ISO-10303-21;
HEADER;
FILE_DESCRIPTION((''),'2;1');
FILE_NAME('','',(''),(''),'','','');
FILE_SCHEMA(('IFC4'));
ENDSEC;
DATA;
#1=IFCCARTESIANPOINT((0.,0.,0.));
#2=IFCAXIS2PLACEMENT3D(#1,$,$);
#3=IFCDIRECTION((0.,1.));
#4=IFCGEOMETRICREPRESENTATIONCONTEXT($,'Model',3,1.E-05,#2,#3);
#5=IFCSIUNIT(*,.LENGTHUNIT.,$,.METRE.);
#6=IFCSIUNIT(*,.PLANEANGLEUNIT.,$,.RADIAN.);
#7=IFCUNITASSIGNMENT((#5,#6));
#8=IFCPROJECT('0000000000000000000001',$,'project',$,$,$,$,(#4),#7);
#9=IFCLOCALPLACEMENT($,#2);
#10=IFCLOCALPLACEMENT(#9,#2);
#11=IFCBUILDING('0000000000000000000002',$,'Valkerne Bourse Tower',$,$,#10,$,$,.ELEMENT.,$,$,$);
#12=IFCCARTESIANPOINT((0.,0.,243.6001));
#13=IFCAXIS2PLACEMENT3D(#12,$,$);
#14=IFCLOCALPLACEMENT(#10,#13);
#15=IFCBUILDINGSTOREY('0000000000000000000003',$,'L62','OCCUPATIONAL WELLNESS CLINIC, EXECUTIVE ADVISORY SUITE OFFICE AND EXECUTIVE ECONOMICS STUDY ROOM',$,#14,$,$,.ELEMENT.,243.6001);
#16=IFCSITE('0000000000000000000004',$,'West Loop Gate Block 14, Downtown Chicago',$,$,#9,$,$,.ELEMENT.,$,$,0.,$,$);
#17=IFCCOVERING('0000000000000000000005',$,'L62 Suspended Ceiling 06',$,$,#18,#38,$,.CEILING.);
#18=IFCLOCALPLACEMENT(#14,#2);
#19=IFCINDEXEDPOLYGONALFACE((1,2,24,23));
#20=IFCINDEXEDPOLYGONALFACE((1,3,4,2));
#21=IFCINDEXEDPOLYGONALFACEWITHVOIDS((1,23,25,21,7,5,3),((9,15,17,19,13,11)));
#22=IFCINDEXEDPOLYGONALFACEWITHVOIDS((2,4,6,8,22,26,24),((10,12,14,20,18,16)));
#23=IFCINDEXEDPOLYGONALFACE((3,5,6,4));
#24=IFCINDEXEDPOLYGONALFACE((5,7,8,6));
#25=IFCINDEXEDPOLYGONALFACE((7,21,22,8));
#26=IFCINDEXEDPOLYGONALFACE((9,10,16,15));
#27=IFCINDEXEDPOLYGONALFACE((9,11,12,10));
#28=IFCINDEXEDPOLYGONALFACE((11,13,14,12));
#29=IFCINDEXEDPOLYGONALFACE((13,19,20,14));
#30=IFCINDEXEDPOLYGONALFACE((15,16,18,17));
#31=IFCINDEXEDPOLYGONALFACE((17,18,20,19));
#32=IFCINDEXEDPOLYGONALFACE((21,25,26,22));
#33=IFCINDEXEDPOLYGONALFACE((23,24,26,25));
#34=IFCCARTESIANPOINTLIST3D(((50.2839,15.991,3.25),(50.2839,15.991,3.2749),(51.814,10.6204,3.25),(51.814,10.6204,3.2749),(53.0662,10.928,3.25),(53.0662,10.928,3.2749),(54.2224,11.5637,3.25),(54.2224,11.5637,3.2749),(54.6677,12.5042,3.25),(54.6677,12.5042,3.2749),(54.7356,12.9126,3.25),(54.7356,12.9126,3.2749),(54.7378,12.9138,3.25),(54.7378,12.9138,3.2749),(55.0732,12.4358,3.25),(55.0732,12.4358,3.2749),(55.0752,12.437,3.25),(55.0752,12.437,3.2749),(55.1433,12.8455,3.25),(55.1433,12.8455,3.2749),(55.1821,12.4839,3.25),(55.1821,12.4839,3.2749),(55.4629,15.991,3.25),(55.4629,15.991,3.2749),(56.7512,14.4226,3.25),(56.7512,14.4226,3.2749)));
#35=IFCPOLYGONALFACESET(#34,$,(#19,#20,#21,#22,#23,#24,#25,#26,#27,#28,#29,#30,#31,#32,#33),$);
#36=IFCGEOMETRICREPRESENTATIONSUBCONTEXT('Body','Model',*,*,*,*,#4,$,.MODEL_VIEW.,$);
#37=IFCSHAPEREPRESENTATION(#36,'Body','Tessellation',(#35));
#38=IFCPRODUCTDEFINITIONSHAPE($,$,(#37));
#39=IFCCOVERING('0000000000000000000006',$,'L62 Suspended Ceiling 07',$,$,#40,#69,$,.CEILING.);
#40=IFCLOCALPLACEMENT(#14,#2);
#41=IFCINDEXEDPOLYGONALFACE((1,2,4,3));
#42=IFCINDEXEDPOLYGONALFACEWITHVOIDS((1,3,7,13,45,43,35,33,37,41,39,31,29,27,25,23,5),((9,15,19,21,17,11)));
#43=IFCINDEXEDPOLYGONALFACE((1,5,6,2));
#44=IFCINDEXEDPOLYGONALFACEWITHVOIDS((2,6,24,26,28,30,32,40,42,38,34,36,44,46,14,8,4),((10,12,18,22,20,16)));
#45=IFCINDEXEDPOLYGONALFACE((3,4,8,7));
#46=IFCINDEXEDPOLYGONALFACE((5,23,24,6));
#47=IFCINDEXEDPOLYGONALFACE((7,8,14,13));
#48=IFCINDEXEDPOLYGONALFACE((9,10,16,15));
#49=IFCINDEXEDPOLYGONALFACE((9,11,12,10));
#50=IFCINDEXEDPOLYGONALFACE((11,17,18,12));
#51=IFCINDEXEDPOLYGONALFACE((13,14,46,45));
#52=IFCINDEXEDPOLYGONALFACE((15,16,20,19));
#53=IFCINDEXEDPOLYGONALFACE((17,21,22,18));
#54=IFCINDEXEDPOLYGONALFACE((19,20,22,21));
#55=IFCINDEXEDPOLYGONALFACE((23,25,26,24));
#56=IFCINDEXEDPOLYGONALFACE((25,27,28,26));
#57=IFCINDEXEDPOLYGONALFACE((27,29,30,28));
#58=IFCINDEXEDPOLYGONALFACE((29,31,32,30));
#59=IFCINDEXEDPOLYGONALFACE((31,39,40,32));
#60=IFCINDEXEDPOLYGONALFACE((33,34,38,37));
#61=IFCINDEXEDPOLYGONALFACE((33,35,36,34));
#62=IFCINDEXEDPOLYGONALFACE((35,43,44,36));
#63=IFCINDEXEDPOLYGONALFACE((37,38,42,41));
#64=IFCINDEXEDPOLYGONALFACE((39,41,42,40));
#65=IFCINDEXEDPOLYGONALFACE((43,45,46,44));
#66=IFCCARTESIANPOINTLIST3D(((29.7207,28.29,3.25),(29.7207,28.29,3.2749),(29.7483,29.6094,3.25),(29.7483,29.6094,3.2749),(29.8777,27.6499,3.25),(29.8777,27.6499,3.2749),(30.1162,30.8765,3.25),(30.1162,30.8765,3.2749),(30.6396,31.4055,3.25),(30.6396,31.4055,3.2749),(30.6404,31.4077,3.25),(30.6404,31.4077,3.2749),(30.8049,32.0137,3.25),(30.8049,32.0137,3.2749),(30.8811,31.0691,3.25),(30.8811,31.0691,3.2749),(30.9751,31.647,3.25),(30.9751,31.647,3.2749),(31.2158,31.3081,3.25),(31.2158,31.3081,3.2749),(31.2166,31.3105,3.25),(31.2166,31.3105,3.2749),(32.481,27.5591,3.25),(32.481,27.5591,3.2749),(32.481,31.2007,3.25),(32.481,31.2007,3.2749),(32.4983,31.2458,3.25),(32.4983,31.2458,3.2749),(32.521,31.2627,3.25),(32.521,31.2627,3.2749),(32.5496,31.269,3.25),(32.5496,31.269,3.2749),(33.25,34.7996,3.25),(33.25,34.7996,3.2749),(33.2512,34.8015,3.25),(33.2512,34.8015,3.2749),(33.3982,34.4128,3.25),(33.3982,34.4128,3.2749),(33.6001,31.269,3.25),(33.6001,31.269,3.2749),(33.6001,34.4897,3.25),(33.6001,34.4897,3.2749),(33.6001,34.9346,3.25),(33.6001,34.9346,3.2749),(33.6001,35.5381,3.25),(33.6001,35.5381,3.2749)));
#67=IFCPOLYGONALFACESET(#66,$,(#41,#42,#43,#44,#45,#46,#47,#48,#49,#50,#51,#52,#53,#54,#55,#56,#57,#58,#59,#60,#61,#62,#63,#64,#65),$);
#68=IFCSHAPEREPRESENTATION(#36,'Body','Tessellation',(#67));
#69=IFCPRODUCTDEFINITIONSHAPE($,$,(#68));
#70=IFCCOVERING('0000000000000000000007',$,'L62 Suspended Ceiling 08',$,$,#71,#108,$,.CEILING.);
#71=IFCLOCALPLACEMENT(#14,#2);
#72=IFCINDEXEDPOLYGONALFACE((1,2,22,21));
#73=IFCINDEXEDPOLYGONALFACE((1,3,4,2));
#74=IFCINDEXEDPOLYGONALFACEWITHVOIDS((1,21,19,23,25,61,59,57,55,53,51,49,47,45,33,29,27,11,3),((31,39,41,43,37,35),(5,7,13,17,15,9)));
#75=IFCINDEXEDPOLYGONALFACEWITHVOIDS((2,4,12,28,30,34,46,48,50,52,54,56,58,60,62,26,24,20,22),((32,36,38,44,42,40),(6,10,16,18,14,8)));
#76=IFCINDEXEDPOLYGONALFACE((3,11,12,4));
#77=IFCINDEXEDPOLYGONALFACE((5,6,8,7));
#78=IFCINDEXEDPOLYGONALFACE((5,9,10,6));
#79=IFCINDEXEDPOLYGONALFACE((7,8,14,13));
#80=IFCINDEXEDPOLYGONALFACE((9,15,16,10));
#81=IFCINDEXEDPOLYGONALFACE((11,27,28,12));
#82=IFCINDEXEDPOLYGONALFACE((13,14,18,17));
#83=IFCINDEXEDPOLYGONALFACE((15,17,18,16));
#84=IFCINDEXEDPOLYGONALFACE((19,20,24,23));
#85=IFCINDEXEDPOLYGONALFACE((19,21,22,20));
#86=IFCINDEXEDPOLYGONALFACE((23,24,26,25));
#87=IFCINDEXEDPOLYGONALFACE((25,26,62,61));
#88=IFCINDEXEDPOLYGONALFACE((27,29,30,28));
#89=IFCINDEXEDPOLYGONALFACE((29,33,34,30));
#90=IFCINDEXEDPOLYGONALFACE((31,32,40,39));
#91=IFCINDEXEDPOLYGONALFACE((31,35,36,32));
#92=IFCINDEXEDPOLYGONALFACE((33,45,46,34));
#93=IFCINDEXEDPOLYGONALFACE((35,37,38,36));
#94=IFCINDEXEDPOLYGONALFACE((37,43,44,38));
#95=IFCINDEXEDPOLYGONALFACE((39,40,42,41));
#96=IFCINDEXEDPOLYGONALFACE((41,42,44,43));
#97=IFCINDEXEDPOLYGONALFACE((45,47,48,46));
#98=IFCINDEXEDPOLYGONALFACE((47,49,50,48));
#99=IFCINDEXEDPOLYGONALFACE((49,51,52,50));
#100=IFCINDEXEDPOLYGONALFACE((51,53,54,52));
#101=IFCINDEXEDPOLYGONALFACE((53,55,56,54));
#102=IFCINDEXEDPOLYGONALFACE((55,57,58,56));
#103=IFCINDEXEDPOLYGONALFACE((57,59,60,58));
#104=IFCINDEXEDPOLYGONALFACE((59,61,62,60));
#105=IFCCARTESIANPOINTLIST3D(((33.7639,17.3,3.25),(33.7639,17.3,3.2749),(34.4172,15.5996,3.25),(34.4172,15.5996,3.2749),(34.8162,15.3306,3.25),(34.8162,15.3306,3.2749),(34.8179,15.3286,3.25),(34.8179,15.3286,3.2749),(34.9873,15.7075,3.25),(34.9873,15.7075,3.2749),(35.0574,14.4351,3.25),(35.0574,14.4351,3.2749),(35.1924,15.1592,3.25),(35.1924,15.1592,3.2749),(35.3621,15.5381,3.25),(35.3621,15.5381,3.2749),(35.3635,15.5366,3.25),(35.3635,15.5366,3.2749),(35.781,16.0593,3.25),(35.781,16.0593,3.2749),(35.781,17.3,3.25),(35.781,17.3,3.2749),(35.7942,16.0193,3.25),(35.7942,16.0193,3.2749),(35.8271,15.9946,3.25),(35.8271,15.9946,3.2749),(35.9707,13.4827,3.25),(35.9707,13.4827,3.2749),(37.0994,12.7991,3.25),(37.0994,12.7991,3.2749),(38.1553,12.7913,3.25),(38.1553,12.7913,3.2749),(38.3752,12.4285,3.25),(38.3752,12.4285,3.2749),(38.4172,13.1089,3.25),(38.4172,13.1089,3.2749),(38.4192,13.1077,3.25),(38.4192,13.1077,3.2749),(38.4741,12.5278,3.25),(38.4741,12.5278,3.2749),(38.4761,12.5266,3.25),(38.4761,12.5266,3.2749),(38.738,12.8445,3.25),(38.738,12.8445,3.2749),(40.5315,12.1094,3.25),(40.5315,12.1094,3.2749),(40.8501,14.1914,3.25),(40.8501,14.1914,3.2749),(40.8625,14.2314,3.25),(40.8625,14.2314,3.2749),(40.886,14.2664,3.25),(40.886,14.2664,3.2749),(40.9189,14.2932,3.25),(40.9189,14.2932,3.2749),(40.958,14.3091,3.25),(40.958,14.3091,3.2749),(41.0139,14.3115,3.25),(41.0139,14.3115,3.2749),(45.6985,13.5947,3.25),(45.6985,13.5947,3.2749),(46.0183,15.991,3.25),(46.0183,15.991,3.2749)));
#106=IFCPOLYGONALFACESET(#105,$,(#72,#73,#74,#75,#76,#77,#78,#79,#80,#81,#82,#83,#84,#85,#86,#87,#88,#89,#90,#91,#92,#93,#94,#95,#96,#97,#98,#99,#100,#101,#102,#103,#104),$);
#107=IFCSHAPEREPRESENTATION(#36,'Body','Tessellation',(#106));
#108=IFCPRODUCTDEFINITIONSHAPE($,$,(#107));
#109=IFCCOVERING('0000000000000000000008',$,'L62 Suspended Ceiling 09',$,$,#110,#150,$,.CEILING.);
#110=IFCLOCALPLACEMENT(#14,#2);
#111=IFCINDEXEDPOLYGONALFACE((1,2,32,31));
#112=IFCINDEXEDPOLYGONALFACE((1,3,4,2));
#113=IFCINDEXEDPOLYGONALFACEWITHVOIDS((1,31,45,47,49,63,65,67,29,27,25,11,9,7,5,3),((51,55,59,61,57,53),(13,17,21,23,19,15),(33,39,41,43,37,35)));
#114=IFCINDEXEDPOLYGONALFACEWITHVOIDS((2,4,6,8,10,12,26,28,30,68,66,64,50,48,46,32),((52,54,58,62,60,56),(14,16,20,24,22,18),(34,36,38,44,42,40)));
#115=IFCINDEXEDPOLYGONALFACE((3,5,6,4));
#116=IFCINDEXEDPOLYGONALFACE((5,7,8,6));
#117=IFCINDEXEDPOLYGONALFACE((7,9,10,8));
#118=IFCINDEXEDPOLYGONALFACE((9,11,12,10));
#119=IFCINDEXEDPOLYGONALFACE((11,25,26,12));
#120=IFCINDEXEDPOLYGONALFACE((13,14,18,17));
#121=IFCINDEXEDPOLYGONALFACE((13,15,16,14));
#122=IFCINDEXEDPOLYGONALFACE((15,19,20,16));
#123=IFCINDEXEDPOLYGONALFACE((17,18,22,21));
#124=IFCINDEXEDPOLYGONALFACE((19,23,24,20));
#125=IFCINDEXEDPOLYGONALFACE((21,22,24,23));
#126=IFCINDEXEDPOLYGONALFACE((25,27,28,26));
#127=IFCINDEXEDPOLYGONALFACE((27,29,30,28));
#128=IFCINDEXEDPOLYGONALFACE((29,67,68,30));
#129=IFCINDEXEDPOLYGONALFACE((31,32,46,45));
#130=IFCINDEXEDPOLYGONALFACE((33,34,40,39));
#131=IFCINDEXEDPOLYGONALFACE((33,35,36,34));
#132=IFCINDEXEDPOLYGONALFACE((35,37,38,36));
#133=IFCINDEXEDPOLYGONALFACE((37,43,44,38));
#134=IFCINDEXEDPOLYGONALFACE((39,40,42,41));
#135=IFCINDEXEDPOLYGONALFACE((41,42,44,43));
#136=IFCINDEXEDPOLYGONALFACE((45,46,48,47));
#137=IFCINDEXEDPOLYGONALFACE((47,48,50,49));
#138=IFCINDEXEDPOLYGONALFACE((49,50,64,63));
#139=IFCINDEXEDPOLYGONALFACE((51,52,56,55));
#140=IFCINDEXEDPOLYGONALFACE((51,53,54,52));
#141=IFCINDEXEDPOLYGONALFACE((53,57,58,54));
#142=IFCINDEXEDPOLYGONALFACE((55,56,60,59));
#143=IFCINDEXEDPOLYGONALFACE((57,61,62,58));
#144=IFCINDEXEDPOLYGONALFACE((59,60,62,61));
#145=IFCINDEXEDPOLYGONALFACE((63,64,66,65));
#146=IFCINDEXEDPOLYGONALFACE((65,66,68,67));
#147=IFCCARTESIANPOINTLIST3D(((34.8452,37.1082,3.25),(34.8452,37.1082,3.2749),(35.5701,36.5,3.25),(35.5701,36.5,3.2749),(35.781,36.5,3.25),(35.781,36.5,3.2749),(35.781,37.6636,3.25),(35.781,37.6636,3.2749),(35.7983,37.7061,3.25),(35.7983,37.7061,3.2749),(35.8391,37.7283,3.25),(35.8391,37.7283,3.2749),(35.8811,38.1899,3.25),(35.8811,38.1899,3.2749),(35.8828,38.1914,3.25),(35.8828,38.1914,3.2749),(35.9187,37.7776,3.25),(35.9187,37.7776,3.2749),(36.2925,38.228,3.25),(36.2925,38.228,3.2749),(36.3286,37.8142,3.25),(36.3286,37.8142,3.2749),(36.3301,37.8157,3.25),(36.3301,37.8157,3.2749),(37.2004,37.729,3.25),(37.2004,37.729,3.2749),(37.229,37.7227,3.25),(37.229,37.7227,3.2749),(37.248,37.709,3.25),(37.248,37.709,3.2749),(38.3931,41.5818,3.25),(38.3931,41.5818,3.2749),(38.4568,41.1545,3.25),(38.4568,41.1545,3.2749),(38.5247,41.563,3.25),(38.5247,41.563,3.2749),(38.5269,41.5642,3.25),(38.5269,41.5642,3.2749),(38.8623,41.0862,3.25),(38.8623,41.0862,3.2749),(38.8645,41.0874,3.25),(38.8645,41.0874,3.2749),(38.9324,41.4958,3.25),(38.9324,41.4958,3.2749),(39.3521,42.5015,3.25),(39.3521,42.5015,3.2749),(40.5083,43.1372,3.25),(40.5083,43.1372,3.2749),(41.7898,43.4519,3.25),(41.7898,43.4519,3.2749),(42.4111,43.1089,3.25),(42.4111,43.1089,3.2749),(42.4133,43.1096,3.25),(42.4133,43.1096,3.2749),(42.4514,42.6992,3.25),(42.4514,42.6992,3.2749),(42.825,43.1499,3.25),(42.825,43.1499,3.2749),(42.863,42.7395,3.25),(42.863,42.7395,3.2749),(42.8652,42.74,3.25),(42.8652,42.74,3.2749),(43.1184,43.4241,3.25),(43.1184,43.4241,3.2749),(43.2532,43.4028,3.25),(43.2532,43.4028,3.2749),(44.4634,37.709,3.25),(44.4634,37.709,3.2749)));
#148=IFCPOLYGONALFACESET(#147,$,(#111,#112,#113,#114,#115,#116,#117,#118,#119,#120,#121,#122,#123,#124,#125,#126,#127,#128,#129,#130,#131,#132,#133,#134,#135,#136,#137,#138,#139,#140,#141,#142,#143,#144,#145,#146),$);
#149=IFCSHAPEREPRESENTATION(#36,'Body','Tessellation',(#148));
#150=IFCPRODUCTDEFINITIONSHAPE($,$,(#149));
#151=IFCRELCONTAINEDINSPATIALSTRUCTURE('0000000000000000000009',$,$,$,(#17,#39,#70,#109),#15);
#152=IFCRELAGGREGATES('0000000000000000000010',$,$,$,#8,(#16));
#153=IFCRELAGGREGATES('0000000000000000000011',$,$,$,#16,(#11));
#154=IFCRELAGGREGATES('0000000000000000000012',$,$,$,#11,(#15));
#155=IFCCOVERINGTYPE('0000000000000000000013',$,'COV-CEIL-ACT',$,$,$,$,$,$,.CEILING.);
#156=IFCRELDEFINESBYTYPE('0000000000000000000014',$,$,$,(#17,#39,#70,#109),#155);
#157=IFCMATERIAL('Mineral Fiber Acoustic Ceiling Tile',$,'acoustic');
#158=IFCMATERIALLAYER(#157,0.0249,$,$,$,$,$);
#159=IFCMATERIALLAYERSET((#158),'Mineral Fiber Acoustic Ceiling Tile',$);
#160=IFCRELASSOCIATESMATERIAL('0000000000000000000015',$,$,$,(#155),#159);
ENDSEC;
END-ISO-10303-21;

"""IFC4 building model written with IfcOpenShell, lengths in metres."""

from ifc_helpers import new_model, si_unit, direction, frame, origin, place, context, subcontext, project, spatial, polyline, outline, extrude, material, layer, layer_set, type_object, element, save


model = new_model("IFC4")

# Units and contexts
model_context = context("Model", 3, precision=1e-05, world=origin(), true_north=direction((0.0, 1.0)))
body_context = subcontext(model_context, "Body", "Model", "MODEL_VIEW")
ifc_project = project(units=[si_unit("LENGTHUNIT", "METRE"), si_unit("PLANEANGLEUNIT", "RADIAN")], contexts=[model_context])

# Site, building, storey
site_placement = place(None, origin())
site = spatial("IfcSite", under=ifc_project, at=site_placement, Name="West Loop Gate Block 14, Downtown Chicago", CompositionType="ELEMENT", RefElevation=0.0)
building_placement = place(site_placement, origin())
building = spatial("IfcBuilding", under=site, at=building_placement, Name="Valkerne Bourse Tower", CompositionType="ELEMENT")
storey_placement = place(building_placement, frame((0.0, 0.0, 243.6001)))
storey = spatial("IfcBuildingStorey", under=building, at=storey_placement, Name="L62", Description="OCCUPATIONAL WELLNESS CLINIC, EXECUTIVE ADVISORY SUITE OFFICE AND EXECUTIVE ECONOMICS STUDY ROOM", CompositionType="ELEMENT", Elevation=243.6001)

# Coverings
ifc_material_1 = material(Name="Mineral Fiber Acoustic Ceiling Tile", Category="acoustic")
ifc_layer_1 = layer(ifc_material_1, 0.0249)
ifc_layer_set_1 = layer_set([ifc_layer_1], Name="Mineral Fiber Acoustic Ceiling Tile")
covering_type_1 = type_object("IfcCoveringType", Name="COV-CEIL-ACT", PredefinedType="CEILING", material=ifc_layer_set_1)
covering_1_placement = place(storey_placement, frame((0.0, 0.0, 3.25)))
element("IfcCovering", 1, at=covering_1_placement, inside=storey, type_object=covering_type_1, Name="L62 Suspended Ceiling 06", PredefinedType="CEILING", context=body_context, shape_type="SweptSolid", body=[
    extrude(outline(polyline([(53.0662, 10.928), (51.814, 10.6204), (50.2839, 15.991), (55.4629, 15.991), (56.7512, 14.4226), (55.1821, 12.4839), (54.2224, 11.5637), (53.0662, 10.928)]), holes=[polyline([(55.1433, 12.8455), (54.7378, 12.9138), (54.7356, 12.9126), (54.6677, 12.5042), (55.0732, 12.4358), (55.0752, 12.437), (55.1433, 12.8455)])]), origin(), (0.0, 0.0, 1.0), 0.0249),
])
covering_2_placement = place(storey_placement, frame((0.0, 0.0, 3.25)))
element("IfcCovering", 2, at=covering_2_placement, inside=storey, type_object=covering_type_1, Name="L62 Suspended Ceiling 07", PredefinedType="CEILING", context=body_context, shape_type="SweptSolid", body=[
    extrude(outline(polyline([(30.1162, 30.8765), (30.8049, 32.0137), (33.6001, 35.5381), (33.6001, 34.9346), (33.2512, 34.8015), (33.25, 34.7996), (33.3982, 34.4128), (33.6001, 34.4897), (33.6001, 31.269), (32.5496, 31.269), (32.521, 31.2627), (32.4983, 31.2458), (32.481, 31.2007), (32.481, 27.5591), (29.8777, 27.6499), (29.7207, 28.29), (29.7483, 29.6094), (30.1162, 30.8765)]), holes=[polyline([(31.2166, 31.3105), (30.9751, 31.647), (30.6404, 31.4077), (30.6396, 31.4055), (30.8811, 31.0691), (31.2158, 31.3081), (31.2166, 31.3105)])]), origin(), (0.0, 0.0, 1.0), 0.0249),
])
covering_3_placement = place(storey_placement, frame((0.0, 0.0, 3.25)))
element("IfcCovering", 3, at=covering_3_placement, inside=storey, type_object=covering_type_1, Name="L62 Suspended Ceiling 08", PredefinedType="CEILING", context=body_context, shape_type="SweptSolid", body=[
    extrude(outline(polyline([(34.4172, 15.5996), (33.7639, 17.3), (35.781, 17.3), (35.781, 16.0593), (35.7942, 16.0193), (35.8271, 15.9946), (46.0183, 15.991), (45.6985, 13.5947), (41.0139, 14.3115), (40.958, 14.3091), (40.9189, 14.2932), (40.886, 14.2664), (40.8625, 14.2314), (40.8501, 14.1914), (40.5315, 12.1094), (38.3752, 12.4285), (37.0994, 12.7991), (35.9707, 13.4827), (35.0574, 14.4351), (34.4172, 15.5996)]), holes=[polyline([(38.4192, 13.1077), (38.4172, 13.1089), (38.1553, 12.7913), (38.4741, 12.5278), (38.4761, 12.5266), (38.738, 12.8445), (38.4192, 13.1077)]), polyline([(35.3621, 15.5381), (34.9873, 15.7075), (34.8162, 15.3306), (34.8179, 15.3286), (35.1924, 15.1592), (35.3635, 15.5366), (35.3621, 15.5381)])]), origin(), (0.0, 0.0, 1.0), 0.0249),
])
covering_4_placement = place(storey_placement, frame((0.0, 0.0, 3.25)))
element("IfcCovering", 4, at=covering_4_placement, inside=storey, type_object=covering_type_1, Name="L62 Suspended Ceiling 09", PredefinedType="CEILING", context=body_context, shape_type="SweptSolid", body=[
    extrude(outline(polyline([(40.5083, 43.1372), (41.7898, 43.4519), (43.1184, 43.4241), (43.2532, 43.4028), (44.4634, 37.709), (37.248, 37.709), (37.229, 37.7227), (37.2004, 37.729), (35.8391, 37.7283), (35.7983, 37.7061), (35.781, 37.6636), (35.781, 36.5), (35.5701, 36.5), (34.8452, 37.1082), (38.3931, 41.5818), (39.3521, 42.5015), (40.5083, 43.1372)]), holes=[polyline([(36.3286, 37.8142), (36.3301, 37.8157), (36.2925, 38.228), (35.8828, 38.1914), (35.8811, 38.1899), (35.9187, 37.7776), (36.3286, 37.8142)]), polyline([(38.8645, 41.0874), (38.9324, 41.4958), (38.5269, 41.5642), (38.5247, 41.563), (38.4568, 41.1545), (38.8623, 41.0862), (38.8645, 41.0874)]), polyline([(42.8652, 42.74), (42.825, 43.1499), (42.4133, 43.1096), (42.4111, 43.1089), (42.4514, 42.6992), (42.863, 42.7395), (42.8652, 42.74)])]), origin(), (0.0, 0.0, 1.0), 0.0249),
])

save(model, "model.ifc")
